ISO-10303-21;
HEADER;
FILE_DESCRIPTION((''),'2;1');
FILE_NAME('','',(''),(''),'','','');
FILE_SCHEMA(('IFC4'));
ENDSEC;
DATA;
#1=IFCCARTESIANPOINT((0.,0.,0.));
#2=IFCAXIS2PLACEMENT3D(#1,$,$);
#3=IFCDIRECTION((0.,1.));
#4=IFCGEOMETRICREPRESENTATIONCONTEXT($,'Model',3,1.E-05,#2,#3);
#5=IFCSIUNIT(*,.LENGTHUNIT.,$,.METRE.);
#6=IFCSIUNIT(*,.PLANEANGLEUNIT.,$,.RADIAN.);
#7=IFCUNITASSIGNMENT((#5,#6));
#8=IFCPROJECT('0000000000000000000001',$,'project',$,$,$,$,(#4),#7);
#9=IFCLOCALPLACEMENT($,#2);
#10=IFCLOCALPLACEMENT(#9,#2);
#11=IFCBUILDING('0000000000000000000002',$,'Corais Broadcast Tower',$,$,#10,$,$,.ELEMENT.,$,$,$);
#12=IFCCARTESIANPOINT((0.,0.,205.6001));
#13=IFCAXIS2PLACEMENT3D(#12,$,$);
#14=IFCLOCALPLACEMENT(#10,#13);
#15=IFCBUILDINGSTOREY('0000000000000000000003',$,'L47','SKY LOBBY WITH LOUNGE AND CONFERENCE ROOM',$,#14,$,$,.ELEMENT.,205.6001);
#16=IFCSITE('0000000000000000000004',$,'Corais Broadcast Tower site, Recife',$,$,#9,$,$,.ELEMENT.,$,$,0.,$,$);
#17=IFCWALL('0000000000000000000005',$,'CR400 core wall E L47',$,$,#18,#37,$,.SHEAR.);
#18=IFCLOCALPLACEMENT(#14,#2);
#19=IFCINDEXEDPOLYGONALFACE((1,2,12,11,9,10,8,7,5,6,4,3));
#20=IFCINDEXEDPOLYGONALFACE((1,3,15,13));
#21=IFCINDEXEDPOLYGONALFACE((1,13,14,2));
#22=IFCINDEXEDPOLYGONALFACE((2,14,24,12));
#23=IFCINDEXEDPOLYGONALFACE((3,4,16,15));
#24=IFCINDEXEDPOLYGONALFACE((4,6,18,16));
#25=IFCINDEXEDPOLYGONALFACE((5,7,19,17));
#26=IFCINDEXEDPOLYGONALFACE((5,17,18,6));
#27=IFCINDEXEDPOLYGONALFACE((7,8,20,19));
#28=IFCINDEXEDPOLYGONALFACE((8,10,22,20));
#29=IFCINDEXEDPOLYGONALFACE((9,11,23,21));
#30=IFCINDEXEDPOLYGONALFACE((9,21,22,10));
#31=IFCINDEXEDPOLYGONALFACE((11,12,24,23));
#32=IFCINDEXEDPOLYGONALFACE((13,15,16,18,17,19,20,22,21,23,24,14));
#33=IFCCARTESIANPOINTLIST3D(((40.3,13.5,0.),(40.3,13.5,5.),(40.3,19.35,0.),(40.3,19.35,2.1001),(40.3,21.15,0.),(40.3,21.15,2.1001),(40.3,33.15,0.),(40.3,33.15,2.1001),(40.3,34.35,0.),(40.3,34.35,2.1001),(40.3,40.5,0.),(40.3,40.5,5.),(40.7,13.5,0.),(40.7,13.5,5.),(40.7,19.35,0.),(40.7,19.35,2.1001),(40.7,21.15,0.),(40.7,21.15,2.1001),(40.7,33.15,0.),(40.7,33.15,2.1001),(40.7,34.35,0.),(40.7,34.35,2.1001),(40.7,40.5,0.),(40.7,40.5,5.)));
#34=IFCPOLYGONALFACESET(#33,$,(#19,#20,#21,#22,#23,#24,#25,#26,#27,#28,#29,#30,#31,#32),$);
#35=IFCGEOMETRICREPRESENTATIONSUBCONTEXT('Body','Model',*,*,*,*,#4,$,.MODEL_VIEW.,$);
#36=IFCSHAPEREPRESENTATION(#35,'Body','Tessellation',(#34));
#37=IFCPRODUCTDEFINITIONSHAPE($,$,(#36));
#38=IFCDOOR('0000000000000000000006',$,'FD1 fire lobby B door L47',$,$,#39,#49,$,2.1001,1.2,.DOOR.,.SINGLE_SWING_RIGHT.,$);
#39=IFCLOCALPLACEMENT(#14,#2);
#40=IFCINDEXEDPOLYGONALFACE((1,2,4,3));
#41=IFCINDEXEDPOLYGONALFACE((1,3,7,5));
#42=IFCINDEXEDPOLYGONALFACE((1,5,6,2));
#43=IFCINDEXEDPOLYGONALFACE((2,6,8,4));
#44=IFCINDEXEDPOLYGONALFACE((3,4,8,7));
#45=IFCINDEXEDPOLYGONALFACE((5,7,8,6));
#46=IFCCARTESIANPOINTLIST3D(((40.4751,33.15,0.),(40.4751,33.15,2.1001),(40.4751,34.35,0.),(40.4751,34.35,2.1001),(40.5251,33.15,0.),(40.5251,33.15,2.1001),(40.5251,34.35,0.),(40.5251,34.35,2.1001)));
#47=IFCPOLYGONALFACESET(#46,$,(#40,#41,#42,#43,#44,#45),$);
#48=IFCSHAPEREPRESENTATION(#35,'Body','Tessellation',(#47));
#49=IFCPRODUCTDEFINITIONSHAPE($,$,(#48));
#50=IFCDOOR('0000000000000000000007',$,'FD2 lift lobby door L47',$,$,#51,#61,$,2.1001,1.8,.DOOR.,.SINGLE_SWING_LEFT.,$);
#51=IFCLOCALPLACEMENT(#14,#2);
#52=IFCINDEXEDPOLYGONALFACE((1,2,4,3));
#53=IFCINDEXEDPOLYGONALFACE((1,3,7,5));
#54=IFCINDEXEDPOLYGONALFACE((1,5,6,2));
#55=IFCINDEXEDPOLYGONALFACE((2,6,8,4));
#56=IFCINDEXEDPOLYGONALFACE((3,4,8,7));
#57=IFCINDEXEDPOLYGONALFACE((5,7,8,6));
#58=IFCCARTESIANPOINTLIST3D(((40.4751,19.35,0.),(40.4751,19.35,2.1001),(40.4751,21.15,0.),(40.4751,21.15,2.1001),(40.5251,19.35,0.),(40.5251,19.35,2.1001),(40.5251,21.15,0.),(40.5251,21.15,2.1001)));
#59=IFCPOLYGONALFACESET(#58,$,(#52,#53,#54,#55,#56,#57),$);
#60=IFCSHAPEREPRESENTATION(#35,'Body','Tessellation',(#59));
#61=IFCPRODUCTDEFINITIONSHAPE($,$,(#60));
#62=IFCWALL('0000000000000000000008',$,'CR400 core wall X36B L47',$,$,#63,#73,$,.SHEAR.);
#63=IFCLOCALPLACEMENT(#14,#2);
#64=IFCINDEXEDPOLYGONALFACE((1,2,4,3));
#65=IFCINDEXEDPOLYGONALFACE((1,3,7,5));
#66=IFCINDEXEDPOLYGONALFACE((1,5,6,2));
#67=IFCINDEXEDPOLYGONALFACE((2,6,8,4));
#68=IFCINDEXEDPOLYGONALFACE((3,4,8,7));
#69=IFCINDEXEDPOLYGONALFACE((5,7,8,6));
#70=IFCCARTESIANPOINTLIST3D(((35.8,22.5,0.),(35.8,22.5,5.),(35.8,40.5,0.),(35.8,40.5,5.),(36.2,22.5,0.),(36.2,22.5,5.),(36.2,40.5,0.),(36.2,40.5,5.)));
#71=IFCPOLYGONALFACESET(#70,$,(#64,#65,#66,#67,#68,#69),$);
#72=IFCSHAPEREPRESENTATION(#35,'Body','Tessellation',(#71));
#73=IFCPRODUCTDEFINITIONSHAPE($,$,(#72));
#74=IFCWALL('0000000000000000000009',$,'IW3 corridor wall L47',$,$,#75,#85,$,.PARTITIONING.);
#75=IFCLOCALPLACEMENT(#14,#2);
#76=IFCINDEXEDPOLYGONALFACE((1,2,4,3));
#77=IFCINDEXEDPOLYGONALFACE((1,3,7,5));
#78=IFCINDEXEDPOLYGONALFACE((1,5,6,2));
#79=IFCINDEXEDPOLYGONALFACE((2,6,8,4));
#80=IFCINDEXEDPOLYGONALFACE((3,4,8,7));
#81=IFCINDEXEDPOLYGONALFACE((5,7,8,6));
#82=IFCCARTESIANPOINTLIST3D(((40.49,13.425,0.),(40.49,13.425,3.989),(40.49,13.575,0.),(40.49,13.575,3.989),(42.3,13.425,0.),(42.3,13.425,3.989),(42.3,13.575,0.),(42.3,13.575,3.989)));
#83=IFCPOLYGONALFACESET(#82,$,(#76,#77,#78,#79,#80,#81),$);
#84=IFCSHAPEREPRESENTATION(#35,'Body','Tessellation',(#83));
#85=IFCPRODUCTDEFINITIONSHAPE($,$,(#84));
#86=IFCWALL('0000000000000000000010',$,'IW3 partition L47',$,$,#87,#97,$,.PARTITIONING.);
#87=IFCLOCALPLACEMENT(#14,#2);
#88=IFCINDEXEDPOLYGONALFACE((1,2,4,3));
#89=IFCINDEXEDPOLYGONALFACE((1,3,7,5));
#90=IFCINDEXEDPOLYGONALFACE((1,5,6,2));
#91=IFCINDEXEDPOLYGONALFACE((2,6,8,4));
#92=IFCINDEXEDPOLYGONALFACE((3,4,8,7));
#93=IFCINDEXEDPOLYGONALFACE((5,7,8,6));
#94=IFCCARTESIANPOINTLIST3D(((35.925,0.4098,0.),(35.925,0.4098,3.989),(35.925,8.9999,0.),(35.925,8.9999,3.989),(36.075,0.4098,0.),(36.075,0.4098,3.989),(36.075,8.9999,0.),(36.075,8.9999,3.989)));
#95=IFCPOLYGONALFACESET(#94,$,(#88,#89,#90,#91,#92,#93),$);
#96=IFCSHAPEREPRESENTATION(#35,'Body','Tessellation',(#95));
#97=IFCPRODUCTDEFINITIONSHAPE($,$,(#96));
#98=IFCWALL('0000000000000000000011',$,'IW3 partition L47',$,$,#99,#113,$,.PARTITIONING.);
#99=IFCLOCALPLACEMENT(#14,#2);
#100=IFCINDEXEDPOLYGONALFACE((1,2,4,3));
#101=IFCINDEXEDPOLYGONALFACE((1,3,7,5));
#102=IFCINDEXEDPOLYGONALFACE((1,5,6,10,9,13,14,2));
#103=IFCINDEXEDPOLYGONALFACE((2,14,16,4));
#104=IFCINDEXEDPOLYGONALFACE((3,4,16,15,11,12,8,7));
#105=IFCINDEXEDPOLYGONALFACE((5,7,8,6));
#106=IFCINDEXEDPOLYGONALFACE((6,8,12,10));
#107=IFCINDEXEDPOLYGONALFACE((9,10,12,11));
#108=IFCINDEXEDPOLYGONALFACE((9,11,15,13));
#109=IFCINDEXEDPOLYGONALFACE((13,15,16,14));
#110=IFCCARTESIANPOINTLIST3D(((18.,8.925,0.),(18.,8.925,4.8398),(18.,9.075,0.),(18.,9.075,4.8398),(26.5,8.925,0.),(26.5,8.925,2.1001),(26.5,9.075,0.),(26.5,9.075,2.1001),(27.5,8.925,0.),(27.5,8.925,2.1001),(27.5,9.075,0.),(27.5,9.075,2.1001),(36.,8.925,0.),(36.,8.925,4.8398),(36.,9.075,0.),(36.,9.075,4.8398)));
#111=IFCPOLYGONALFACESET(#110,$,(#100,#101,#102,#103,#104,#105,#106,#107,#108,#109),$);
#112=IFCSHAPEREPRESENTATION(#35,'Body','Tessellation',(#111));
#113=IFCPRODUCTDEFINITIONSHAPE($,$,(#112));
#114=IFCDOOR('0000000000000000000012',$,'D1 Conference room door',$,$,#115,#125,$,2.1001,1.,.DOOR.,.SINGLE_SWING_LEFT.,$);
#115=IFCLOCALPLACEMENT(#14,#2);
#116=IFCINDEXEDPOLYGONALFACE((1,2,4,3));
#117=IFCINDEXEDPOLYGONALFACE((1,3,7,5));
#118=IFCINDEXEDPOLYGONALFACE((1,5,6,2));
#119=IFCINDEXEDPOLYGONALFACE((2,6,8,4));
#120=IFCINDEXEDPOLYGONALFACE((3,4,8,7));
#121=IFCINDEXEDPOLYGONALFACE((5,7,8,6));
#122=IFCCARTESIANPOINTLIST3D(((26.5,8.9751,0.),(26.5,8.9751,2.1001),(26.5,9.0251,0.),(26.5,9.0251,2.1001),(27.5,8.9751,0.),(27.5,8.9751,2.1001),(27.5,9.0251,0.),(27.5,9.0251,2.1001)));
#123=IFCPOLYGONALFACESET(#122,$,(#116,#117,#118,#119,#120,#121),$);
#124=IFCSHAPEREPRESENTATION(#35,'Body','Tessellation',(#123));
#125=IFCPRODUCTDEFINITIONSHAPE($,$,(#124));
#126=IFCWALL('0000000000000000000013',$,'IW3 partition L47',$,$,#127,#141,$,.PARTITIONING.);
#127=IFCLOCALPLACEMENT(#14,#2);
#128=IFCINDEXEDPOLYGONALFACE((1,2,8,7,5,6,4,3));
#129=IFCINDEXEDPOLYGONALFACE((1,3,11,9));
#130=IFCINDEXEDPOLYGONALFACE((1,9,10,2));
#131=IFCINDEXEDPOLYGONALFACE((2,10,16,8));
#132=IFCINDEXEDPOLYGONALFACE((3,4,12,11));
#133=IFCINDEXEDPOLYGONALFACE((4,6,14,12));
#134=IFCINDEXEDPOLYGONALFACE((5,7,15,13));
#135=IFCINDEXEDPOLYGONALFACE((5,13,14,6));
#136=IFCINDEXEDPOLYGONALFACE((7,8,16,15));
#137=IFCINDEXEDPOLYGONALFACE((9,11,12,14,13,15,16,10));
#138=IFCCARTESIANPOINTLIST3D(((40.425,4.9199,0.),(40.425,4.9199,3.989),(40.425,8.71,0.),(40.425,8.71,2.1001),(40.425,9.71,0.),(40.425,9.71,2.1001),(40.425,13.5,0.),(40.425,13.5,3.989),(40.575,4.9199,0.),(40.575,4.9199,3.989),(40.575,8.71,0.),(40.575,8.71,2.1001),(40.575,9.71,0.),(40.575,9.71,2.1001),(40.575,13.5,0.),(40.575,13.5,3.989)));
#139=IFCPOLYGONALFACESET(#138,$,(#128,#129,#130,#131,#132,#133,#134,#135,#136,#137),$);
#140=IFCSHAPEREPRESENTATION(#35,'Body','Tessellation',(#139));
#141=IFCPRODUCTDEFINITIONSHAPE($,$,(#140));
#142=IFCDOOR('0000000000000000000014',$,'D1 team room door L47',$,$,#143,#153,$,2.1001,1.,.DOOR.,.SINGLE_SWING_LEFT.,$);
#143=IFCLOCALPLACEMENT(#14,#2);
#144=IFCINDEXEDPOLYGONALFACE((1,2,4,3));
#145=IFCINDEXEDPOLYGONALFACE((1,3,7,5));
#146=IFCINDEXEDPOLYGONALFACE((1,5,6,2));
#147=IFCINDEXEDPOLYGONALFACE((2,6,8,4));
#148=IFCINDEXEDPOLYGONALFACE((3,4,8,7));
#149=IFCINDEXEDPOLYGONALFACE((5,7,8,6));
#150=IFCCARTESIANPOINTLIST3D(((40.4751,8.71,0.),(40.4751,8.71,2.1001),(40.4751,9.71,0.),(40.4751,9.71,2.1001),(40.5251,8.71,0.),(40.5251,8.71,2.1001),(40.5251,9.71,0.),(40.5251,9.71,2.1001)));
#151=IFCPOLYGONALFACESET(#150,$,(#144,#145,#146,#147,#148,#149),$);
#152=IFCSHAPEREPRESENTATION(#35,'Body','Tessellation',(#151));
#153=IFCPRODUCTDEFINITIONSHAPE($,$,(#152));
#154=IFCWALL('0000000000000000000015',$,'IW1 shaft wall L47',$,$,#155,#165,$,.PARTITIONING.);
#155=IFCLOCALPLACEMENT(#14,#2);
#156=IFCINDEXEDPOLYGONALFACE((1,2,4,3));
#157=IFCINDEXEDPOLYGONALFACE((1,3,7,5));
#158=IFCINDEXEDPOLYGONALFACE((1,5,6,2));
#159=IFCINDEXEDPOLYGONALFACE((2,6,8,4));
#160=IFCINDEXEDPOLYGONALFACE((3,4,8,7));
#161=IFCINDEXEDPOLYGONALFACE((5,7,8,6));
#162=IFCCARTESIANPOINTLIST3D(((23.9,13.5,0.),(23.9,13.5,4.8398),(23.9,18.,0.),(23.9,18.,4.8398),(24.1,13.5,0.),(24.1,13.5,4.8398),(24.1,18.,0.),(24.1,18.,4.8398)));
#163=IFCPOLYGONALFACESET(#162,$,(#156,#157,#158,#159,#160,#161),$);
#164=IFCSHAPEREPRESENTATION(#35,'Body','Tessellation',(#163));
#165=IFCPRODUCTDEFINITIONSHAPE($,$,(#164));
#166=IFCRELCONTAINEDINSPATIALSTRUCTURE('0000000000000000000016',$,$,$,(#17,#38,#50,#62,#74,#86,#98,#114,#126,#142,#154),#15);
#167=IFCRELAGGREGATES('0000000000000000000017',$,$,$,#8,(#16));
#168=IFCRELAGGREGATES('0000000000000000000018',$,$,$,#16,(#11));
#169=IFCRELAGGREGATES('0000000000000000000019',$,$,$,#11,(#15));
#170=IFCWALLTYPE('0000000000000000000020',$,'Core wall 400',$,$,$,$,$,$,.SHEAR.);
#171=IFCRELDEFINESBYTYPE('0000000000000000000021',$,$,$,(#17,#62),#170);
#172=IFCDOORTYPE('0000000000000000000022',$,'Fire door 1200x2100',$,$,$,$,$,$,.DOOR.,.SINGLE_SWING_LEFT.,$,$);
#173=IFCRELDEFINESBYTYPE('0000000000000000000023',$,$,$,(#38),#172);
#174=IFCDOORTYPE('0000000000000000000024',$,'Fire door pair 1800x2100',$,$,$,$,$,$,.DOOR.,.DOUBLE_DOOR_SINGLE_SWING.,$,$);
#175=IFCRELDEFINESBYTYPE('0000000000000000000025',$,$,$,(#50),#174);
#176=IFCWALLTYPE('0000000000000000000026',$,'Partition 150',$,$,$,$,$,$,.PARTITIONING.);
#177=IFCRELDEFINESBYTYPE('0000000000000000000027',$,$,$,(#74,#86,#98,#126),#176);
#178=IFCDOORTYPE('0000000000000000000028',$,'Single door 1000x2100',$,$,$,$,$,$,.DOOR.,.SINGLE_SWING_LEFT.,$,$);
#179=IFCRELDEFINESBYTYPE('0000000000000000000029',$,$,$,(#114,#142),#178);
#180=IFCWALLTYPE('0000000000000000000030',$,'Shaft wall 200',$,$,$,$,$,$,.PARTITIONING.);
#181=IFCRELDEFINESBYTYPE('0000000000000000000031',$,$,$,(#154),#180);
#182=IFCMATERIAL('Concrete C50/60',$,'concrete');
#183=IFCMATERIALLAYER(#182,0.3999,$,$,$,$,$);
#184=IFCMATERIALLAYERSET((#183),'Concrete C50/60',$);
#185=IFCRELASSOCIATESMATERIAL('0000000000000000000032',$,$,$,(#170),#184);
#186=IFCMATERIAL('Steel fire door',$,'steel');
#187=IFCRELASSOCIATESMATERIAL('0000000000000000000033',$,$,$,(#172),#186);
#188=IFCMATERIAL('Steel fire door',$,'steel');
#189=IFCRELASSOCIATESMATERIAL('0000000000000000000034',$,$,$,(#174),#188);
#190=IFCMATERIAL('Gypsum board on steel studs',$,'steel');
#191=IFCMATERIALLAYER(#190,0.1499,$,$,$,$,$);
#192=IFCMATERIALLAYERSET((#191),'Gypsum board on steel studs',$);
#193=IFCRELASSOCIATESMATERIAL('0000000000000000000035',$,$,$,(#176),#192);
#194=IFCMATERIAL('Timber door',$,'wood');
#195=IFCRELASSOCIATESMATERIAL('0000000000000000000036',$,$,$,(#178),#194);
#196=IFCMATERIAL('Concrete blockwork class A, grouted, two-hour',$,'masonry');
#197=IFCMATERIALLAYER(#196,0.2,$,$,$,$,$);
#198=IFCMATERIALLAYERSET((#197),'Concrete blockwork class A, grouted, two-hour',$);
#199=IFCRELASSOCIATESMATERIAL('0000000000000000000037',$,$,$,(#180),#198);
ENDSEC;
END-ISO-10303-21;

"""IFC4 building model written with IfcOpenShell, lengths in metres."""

from ifc_helpers import new_model, si_unit, direction, frame, frame_2d, origin, place, context, subcontext, project, spatial, rectangle, extrude, material, layer, layer_set, type_object, element, fill, save


model = new_model("IFC4")

# Units and contexts
model_context = context("Model", 3, precision=1e-05, world=origin(), true_north=direction((0.0, 1.0)))
body_context = subcontext(model_context, "Body", "Model", "MODEL_VIEW")
ifc_project = project(units=[si_unit("LENGTHUNIT", "METRE"), si_unit("PLANEANGLEUNIT", "RADIAN")], contexts=[model_context])

# Site, building, storey
site_placement = place(None, origin())
site = spatial("IfcSite", under=ifc_project, at=site_placement, Name="Corais Broadcast Tower site, Recife", CompositionType="ELEMENT", RefElevation=0.0)
building_placement = place(site_placement, origin())
building = spatial("IfcBuilding", under=site, at=building_placement, Name="Corais Broadcast Tower", CompositionType="ELEMENT")
storey_placement = place(building_placement, frame((0.0, 0.0, 205.6001)))
storey = spatial("IfcBuildingStorey", under=building, at=storey_placement, Name="L47", Description="SKY LOBBY WITH LOUNGE AND CONFERENCE ROOM", CompositionType="ELEMENT", Elevation=205.6001)

# Wall, openings, doors
ifc_material_1 = material(Name="Concrete C50/60", Category="concrete")
ifc_layer_1 = layer(ifc_material_1, 0.3999)
ifc_layer_set_1 = layer_set([ifc_layer_1], Name="Concrete C50/60")
wall_type_1 = type_object("IfcWallType", Name="Core wall 400", PredefinedType="SHEAR", material=ifc_layer_set_1)
wall_1_placement = place(storey_placement, frame((40.5, 13.5, 0.0), z_axis=(0.0, 0.0, 1.0), x_axis=(0.0, 1.0, 0.0)))
wall_1 = element("IfcWall", 1, at=wall_1_placement, inside=storey, type_object=wall_type_1, Name="CR400 core wall E L47", PredefinedType="SHEAR", context=body_context, shape_type="SweptSolid", body=[
    extrude(rectangle(XDim=27.0, YDim=0.3999, at=frame_2d((13.5, 0.0))), origin(), (0.0, 0.0, 1.0), 5.0),
])
opening_1_placement = place(wall_1_placement, frame((5.8501, 0.0, 0.0)))
opening_1 = element("IfcOpeningElement", 2, at=opening_1_placement, cuts=wall_1, PredefinedType="OPENING", context=body_context, shape_type="SweptSolid", body=[
    extrude(rectangle(XDim=1.8, YDim=2.1001, at=frame_2d((0.8999, 1.05))), frame((0.0, 0.21, 0.0), z_axis=(0.0, -1.0, 0.0), x_axis=(1.0, 0.0, 0.0)), (0.0, 0.0, 1.0), 0.4199),
])
opening_2_placement = place(wall_1_placement, frame((19.6499, 0.0, 0.0)))
opening_2 = element("IfcOpeningElement", 3, at=opening_2_placement, cuts=wall_1, PredefinedType="OPENING", context=body_context, shape_type="SweptSolid", body=[
    extrude(rectangle(XDim=1.2, YDim=2.1001, at=frame_2d((0.6001, 1.05))), frame((0.0, 0.21, 0.0), z_axis=(0.0, -1.0, 0.0), x_axis=(1.0, 0.0, 0.0)), (0.0, 0.0, 1.0), 0.4199),
])
ifc_material_2 = material(Name="Steel fire door", Category="steel")
door_type_1 = type_object("IfcDoorType", Name="Fire door 1200x2100", OperationType="SINGLE_SWING_LEFT", PredefinedType="DOOR", material=ifc_material_2)
door_1_placement = place(opening_2_placement, origin())
door_1 = element("IfcDoor", 4, at=door_1_placement, inside=storey, type_object=door_type_1, Name="FD1 fire lobby B door L47", OperationType="SINGLE_SWING_RIGHT", OverallHeight=2.1001, OverallWidth=1.2, PredefinedType="DOOR", context=body_context, shape_type="SweptSolid", body=[
    extrude(rectangle(XDim=1.2, YDim=2.1001, at=frame_2d((0.6001, 1.05))), frame((0.0, 0.0249, 0.0), z_axis=(0.0, -1.0, 0.0), x_axis=(1.0, 0.0, 0.0)), (0.0, 0.0, 1.0), 0.05),
])
fill(opening_2, door_1)
ifc_material_3 = material(Name="Steel fire door", Category="steel")
door_type_2 = type_object("IfcDoorType", Name="Fire door pair 1800x2100", OperationType="DOUBLE_DOOR_SINGLE_SWING", PredefinedType="DOOR", material=ifc_material_3)
door_2_placement = place(opening_1_placement, origin())
door_2 = element("IfcDoor", 5, at=door_2_placement, inside=storey, type_object=door_type_2, Name="FD2 lift lobby door L47", OperationType="SINGLE_SWING_LEFT", OverallHeight=2.1001, OverallWidth=1.8, PredefinedType="DOOR", context=body_context, shape_type="SweptSolid", body=[
    extrude(rectangle(XDim=1.8, YDim=2.1001, at=frame_2d((0.8999, 1.05))), frame((0.0, 0.0249, 0.0), z_axis=(0.0, -1.0, 0.0), x_axis=(1.0, 0.0, 0.0)), (0.0, 0.0, 1.0), 0.05),
])
fill(opening_1, door_2)

# Walls
wall_2_placement = place(storey_placement, frame((36.0, 22.5, 0.0), z_axis=(0.0, 0.0, 1.0), x_axis=(0.0, 1.0, 0.0)))
element("IfcWall", 6, at=wall_2_placement, inside=storey, type_object=wall_type_1, Name="CR400 core wall X36B L47", PredefinedType="SHEAR", context=body_context, shape_type="SweptSolid", body=[
    extrude(rectangle(XDim=18.0, YDim=0.3999, at=frame_2d((9.0, 0.0))), origin(), (0.0, 0.0, 1.0), 5.0),
])
ifc_material_4 = material(Name="Gypsum board on steel studs", Category="steel")
ifc_layer_2 = layer(ifc_material_4, 0.1499)
ifc_layer_set_2 = layer_set([ifc_layer_2], Name="Gypsum board on steel studs")
wall_type_2 = type_object("IfcWallType", Name="Partition 150", PredefinedType="PARTITIONING", material=ifc_layer_set_2)
wall_3_placement = place(storey_placement, frame((40.49, 13.5, 0.0), z_axis=(0.0, 0.0, 1.0), x_axis=(1.0, 0.0, 0.0)))
element("IfcWall", 7, at=wall_3_placement, inside=storey, type_object=wall_type_2, Name="IW3 corridor wall L47", PredefinedType="PARTITIONING", context=body_context, shape_type="SweptSolid", body=[
    extrude(rectangle(XDim=1.8101, YDim=0.1499, at=frame_2d((0.905, 0.0))), origin(), (0.0, 0.0, 1.0), 3.989),
])
wall_4_placement = place(storey_placement, frame((36.0, 0.4099, 0.0), z_axis=(0.0, 0.0, 1.0), x_axis=(0.0, 1.0, 0.0)))
element("IfcWall", 8, at=wall_4_placement, inside=storey, type_object=wall_type_2, Name="IW3 partition L47", PredefinedType="PARTITIONING", context=body_context, shape_type="SweptSolid", body=[
    extrude(rectangle(XDim=8.5901, YDim=0.1499, at=frame_2d((4.2949, 0.0))), origin(), (0.0, 0.0, 1.0), 3.989),
])

# Walls, openings, doors
wall_5_placement = place(storey_placement, frame((36.0, 9.0, 0.0), z_axis=(0.0, 0.0, 1.0), x_axis=(-1.0, 0.0, 0.0)))
wall_5 = element("IfcWall", 9, at=wall_5_placement, inside=storey, type_object=wall_type_2, Name="IW3 partition L47", PredefinedType="PARTITIONING", context=body_context, shape_type="SweptSolid", body=[
    extrude(rectangle(XDim=18.0, YDim=0.1499, at=frame_2d((9.0, 0.0))), origin(), (0.0, 0.0, 1.0), 4.8398),
])
opening_3_placement = place(wall_5_placement, frame((8.5, 0.0, 0.0)))
opening_3 = element("IfcOpeningElement", 10, at=opening_3_placement, cuts=wall_5, PredefinedType="OPENING", context=body_context, shape_type="SweptSolid", body=[
    extrude(rectangle(XDim=1.0, YDim=2.1001, at=frame_2d((0.5, 1.05))), frame((0.0, 0.085, 0.0), z_axis=(0.0, -1.0, 0.0), x_axis=(1.0, 0.0, 0.0)), (0.0, 0.0, 1.0), 0.1699),
])
ifc_material_5 = material(Name="Timber door", Category="wood")
door_type_3 = type_object("IfcDoorType", Name="Single door 1000x2100", OperationType="SINGLE_SWING_LEFT", PredefinedType="DOOR", material=ifc_material_5)
door_3_placement = place(opening_3_placement, origin())
door_3 = element("IfcDoor", 11, at=door_3_placement, inside=storey, type_object=door_type_3, Name="D1 Conference room door", OperationType="SINGLE_SWING_LEFT", OverallHeight=2.1001, OverallWidth=1.0, PredefinedType="DOOR", context=body_context, shape_type="SweptSolid", body=[
    extrude(rectangle(XDim=1.0, YDim=2.1001, at=frame_2d((0.5, 1.05))), frame((0.0, 0.0249, 0.0), z_axis=(0.0, -1.0, 0.0), x_axis=(1.0, 0.0, 0.0)), (0.0, 0.0, 1.0), 0.05),
])
fill(opening_3, door_3)
wall_6_placement = place(storey_placement, frame((40.5, 4.9199, 0.0), z_axis=(0.0, 0.0, 1.0), x_axis=(0.0, 1.0, 0.0)))
wall_6 = element("IfcWall", 12, at=wall_6_placement, inside=storey, type_object=wall_type_2, Name="IW3 partition L47", PredefinedType="PARTITIONING", context=body_context, shape_type="SweptSolid", body=[
    extrude(rectangle(XDim=8.5801, YDim=0.1499, at=frame_2d((4.29, 0.0))), origin(), (0.0, 0.0, 1.0), 3.989),
])
opening_4_placement = place(wall_6_placement, frame((3.79, 0.0, 0.0)))
opening_4 = element("IfcOpeningElement", 13, at=opening_4_placement, cuts=wall_6, PredefinedType="OPENING", context=body_context, shape_type="SweptSolid", body=[
    extrude(rectangle(XDim=1.0, YDim=2.1001, at=frame_2d((0.5, 1.05))), frame((0.0, 0.085, 0.0), z_axis=(0.0, -1.0, 0.0), x_axis=(1.0, 0.0, 0.0)), (0.0, 0.0, 1.0), 0.1699),
])
door_4_placement = place(opening_4_placement, origin())
door_4 = element("IfcDoor", 14, at=door_4_placement, inside=storey, type_object=door_type_3, Name="D1 team room door L47", OperationType="SINGLE_SWING_LEFT", OverallHeight=2.1001, OverallWidth=1.0, PredefinedType="DOOR", context=body_context, shape_type="SweptSolid", body=[
    extrude(rectangle(XDim=1.0, YDim=2.1001, at=frame_2d((0.5, 1.05))), frame((0.0, 0.0249, 0.0), z_axis=(0.0, -1.0, 0.0), x_axis=(1.0, 0.0, 0.0)), (0.0, 0.0, 1.0), 0.05),
])
fill(opening_4, door_4)

# Wall
ifc_material_6 = material(Name="Concrete blockwork class A, grouted, two-hour", Category="masonry")
ifc_layer_3 = layer(ifc_material_6, 0.2)
ifc_layer_set_3 = layer_set([ifc_layer_3], Name="Concrete blockwork class A, grouted, two-hour")
wall_type_3 = type_object("IfcWallType", Name="Shaft wall 200", PredefinedType="PARTITIONING", material=ifc_layer_set_3)
for number, where, z_axis, x_axis, name in (
    (15, (24.0, 13.5, 0.0), (0.0, 0.0, 1.0), (0.0, 1.0, 0.0), "IW1 shaft wall L47"),
):
    element("IfcWall", number, at=place(storey_placement, frame(where, z_axis=z_axis, x_axis=x_axis)), inside=storey, type_object=wall_type_3, Name=name, PredefinedType="PARTITIONING", context=body_context, shape_type="SweptSolid", body=[
        extrude(rectangle(XDim=4.5, YDim=0.2, at=frame_2d((2.25, 0.0))), origin(), (0.0, 0.0, 1.0), 4.8398),
    ])

save(model, "model.ifc")
